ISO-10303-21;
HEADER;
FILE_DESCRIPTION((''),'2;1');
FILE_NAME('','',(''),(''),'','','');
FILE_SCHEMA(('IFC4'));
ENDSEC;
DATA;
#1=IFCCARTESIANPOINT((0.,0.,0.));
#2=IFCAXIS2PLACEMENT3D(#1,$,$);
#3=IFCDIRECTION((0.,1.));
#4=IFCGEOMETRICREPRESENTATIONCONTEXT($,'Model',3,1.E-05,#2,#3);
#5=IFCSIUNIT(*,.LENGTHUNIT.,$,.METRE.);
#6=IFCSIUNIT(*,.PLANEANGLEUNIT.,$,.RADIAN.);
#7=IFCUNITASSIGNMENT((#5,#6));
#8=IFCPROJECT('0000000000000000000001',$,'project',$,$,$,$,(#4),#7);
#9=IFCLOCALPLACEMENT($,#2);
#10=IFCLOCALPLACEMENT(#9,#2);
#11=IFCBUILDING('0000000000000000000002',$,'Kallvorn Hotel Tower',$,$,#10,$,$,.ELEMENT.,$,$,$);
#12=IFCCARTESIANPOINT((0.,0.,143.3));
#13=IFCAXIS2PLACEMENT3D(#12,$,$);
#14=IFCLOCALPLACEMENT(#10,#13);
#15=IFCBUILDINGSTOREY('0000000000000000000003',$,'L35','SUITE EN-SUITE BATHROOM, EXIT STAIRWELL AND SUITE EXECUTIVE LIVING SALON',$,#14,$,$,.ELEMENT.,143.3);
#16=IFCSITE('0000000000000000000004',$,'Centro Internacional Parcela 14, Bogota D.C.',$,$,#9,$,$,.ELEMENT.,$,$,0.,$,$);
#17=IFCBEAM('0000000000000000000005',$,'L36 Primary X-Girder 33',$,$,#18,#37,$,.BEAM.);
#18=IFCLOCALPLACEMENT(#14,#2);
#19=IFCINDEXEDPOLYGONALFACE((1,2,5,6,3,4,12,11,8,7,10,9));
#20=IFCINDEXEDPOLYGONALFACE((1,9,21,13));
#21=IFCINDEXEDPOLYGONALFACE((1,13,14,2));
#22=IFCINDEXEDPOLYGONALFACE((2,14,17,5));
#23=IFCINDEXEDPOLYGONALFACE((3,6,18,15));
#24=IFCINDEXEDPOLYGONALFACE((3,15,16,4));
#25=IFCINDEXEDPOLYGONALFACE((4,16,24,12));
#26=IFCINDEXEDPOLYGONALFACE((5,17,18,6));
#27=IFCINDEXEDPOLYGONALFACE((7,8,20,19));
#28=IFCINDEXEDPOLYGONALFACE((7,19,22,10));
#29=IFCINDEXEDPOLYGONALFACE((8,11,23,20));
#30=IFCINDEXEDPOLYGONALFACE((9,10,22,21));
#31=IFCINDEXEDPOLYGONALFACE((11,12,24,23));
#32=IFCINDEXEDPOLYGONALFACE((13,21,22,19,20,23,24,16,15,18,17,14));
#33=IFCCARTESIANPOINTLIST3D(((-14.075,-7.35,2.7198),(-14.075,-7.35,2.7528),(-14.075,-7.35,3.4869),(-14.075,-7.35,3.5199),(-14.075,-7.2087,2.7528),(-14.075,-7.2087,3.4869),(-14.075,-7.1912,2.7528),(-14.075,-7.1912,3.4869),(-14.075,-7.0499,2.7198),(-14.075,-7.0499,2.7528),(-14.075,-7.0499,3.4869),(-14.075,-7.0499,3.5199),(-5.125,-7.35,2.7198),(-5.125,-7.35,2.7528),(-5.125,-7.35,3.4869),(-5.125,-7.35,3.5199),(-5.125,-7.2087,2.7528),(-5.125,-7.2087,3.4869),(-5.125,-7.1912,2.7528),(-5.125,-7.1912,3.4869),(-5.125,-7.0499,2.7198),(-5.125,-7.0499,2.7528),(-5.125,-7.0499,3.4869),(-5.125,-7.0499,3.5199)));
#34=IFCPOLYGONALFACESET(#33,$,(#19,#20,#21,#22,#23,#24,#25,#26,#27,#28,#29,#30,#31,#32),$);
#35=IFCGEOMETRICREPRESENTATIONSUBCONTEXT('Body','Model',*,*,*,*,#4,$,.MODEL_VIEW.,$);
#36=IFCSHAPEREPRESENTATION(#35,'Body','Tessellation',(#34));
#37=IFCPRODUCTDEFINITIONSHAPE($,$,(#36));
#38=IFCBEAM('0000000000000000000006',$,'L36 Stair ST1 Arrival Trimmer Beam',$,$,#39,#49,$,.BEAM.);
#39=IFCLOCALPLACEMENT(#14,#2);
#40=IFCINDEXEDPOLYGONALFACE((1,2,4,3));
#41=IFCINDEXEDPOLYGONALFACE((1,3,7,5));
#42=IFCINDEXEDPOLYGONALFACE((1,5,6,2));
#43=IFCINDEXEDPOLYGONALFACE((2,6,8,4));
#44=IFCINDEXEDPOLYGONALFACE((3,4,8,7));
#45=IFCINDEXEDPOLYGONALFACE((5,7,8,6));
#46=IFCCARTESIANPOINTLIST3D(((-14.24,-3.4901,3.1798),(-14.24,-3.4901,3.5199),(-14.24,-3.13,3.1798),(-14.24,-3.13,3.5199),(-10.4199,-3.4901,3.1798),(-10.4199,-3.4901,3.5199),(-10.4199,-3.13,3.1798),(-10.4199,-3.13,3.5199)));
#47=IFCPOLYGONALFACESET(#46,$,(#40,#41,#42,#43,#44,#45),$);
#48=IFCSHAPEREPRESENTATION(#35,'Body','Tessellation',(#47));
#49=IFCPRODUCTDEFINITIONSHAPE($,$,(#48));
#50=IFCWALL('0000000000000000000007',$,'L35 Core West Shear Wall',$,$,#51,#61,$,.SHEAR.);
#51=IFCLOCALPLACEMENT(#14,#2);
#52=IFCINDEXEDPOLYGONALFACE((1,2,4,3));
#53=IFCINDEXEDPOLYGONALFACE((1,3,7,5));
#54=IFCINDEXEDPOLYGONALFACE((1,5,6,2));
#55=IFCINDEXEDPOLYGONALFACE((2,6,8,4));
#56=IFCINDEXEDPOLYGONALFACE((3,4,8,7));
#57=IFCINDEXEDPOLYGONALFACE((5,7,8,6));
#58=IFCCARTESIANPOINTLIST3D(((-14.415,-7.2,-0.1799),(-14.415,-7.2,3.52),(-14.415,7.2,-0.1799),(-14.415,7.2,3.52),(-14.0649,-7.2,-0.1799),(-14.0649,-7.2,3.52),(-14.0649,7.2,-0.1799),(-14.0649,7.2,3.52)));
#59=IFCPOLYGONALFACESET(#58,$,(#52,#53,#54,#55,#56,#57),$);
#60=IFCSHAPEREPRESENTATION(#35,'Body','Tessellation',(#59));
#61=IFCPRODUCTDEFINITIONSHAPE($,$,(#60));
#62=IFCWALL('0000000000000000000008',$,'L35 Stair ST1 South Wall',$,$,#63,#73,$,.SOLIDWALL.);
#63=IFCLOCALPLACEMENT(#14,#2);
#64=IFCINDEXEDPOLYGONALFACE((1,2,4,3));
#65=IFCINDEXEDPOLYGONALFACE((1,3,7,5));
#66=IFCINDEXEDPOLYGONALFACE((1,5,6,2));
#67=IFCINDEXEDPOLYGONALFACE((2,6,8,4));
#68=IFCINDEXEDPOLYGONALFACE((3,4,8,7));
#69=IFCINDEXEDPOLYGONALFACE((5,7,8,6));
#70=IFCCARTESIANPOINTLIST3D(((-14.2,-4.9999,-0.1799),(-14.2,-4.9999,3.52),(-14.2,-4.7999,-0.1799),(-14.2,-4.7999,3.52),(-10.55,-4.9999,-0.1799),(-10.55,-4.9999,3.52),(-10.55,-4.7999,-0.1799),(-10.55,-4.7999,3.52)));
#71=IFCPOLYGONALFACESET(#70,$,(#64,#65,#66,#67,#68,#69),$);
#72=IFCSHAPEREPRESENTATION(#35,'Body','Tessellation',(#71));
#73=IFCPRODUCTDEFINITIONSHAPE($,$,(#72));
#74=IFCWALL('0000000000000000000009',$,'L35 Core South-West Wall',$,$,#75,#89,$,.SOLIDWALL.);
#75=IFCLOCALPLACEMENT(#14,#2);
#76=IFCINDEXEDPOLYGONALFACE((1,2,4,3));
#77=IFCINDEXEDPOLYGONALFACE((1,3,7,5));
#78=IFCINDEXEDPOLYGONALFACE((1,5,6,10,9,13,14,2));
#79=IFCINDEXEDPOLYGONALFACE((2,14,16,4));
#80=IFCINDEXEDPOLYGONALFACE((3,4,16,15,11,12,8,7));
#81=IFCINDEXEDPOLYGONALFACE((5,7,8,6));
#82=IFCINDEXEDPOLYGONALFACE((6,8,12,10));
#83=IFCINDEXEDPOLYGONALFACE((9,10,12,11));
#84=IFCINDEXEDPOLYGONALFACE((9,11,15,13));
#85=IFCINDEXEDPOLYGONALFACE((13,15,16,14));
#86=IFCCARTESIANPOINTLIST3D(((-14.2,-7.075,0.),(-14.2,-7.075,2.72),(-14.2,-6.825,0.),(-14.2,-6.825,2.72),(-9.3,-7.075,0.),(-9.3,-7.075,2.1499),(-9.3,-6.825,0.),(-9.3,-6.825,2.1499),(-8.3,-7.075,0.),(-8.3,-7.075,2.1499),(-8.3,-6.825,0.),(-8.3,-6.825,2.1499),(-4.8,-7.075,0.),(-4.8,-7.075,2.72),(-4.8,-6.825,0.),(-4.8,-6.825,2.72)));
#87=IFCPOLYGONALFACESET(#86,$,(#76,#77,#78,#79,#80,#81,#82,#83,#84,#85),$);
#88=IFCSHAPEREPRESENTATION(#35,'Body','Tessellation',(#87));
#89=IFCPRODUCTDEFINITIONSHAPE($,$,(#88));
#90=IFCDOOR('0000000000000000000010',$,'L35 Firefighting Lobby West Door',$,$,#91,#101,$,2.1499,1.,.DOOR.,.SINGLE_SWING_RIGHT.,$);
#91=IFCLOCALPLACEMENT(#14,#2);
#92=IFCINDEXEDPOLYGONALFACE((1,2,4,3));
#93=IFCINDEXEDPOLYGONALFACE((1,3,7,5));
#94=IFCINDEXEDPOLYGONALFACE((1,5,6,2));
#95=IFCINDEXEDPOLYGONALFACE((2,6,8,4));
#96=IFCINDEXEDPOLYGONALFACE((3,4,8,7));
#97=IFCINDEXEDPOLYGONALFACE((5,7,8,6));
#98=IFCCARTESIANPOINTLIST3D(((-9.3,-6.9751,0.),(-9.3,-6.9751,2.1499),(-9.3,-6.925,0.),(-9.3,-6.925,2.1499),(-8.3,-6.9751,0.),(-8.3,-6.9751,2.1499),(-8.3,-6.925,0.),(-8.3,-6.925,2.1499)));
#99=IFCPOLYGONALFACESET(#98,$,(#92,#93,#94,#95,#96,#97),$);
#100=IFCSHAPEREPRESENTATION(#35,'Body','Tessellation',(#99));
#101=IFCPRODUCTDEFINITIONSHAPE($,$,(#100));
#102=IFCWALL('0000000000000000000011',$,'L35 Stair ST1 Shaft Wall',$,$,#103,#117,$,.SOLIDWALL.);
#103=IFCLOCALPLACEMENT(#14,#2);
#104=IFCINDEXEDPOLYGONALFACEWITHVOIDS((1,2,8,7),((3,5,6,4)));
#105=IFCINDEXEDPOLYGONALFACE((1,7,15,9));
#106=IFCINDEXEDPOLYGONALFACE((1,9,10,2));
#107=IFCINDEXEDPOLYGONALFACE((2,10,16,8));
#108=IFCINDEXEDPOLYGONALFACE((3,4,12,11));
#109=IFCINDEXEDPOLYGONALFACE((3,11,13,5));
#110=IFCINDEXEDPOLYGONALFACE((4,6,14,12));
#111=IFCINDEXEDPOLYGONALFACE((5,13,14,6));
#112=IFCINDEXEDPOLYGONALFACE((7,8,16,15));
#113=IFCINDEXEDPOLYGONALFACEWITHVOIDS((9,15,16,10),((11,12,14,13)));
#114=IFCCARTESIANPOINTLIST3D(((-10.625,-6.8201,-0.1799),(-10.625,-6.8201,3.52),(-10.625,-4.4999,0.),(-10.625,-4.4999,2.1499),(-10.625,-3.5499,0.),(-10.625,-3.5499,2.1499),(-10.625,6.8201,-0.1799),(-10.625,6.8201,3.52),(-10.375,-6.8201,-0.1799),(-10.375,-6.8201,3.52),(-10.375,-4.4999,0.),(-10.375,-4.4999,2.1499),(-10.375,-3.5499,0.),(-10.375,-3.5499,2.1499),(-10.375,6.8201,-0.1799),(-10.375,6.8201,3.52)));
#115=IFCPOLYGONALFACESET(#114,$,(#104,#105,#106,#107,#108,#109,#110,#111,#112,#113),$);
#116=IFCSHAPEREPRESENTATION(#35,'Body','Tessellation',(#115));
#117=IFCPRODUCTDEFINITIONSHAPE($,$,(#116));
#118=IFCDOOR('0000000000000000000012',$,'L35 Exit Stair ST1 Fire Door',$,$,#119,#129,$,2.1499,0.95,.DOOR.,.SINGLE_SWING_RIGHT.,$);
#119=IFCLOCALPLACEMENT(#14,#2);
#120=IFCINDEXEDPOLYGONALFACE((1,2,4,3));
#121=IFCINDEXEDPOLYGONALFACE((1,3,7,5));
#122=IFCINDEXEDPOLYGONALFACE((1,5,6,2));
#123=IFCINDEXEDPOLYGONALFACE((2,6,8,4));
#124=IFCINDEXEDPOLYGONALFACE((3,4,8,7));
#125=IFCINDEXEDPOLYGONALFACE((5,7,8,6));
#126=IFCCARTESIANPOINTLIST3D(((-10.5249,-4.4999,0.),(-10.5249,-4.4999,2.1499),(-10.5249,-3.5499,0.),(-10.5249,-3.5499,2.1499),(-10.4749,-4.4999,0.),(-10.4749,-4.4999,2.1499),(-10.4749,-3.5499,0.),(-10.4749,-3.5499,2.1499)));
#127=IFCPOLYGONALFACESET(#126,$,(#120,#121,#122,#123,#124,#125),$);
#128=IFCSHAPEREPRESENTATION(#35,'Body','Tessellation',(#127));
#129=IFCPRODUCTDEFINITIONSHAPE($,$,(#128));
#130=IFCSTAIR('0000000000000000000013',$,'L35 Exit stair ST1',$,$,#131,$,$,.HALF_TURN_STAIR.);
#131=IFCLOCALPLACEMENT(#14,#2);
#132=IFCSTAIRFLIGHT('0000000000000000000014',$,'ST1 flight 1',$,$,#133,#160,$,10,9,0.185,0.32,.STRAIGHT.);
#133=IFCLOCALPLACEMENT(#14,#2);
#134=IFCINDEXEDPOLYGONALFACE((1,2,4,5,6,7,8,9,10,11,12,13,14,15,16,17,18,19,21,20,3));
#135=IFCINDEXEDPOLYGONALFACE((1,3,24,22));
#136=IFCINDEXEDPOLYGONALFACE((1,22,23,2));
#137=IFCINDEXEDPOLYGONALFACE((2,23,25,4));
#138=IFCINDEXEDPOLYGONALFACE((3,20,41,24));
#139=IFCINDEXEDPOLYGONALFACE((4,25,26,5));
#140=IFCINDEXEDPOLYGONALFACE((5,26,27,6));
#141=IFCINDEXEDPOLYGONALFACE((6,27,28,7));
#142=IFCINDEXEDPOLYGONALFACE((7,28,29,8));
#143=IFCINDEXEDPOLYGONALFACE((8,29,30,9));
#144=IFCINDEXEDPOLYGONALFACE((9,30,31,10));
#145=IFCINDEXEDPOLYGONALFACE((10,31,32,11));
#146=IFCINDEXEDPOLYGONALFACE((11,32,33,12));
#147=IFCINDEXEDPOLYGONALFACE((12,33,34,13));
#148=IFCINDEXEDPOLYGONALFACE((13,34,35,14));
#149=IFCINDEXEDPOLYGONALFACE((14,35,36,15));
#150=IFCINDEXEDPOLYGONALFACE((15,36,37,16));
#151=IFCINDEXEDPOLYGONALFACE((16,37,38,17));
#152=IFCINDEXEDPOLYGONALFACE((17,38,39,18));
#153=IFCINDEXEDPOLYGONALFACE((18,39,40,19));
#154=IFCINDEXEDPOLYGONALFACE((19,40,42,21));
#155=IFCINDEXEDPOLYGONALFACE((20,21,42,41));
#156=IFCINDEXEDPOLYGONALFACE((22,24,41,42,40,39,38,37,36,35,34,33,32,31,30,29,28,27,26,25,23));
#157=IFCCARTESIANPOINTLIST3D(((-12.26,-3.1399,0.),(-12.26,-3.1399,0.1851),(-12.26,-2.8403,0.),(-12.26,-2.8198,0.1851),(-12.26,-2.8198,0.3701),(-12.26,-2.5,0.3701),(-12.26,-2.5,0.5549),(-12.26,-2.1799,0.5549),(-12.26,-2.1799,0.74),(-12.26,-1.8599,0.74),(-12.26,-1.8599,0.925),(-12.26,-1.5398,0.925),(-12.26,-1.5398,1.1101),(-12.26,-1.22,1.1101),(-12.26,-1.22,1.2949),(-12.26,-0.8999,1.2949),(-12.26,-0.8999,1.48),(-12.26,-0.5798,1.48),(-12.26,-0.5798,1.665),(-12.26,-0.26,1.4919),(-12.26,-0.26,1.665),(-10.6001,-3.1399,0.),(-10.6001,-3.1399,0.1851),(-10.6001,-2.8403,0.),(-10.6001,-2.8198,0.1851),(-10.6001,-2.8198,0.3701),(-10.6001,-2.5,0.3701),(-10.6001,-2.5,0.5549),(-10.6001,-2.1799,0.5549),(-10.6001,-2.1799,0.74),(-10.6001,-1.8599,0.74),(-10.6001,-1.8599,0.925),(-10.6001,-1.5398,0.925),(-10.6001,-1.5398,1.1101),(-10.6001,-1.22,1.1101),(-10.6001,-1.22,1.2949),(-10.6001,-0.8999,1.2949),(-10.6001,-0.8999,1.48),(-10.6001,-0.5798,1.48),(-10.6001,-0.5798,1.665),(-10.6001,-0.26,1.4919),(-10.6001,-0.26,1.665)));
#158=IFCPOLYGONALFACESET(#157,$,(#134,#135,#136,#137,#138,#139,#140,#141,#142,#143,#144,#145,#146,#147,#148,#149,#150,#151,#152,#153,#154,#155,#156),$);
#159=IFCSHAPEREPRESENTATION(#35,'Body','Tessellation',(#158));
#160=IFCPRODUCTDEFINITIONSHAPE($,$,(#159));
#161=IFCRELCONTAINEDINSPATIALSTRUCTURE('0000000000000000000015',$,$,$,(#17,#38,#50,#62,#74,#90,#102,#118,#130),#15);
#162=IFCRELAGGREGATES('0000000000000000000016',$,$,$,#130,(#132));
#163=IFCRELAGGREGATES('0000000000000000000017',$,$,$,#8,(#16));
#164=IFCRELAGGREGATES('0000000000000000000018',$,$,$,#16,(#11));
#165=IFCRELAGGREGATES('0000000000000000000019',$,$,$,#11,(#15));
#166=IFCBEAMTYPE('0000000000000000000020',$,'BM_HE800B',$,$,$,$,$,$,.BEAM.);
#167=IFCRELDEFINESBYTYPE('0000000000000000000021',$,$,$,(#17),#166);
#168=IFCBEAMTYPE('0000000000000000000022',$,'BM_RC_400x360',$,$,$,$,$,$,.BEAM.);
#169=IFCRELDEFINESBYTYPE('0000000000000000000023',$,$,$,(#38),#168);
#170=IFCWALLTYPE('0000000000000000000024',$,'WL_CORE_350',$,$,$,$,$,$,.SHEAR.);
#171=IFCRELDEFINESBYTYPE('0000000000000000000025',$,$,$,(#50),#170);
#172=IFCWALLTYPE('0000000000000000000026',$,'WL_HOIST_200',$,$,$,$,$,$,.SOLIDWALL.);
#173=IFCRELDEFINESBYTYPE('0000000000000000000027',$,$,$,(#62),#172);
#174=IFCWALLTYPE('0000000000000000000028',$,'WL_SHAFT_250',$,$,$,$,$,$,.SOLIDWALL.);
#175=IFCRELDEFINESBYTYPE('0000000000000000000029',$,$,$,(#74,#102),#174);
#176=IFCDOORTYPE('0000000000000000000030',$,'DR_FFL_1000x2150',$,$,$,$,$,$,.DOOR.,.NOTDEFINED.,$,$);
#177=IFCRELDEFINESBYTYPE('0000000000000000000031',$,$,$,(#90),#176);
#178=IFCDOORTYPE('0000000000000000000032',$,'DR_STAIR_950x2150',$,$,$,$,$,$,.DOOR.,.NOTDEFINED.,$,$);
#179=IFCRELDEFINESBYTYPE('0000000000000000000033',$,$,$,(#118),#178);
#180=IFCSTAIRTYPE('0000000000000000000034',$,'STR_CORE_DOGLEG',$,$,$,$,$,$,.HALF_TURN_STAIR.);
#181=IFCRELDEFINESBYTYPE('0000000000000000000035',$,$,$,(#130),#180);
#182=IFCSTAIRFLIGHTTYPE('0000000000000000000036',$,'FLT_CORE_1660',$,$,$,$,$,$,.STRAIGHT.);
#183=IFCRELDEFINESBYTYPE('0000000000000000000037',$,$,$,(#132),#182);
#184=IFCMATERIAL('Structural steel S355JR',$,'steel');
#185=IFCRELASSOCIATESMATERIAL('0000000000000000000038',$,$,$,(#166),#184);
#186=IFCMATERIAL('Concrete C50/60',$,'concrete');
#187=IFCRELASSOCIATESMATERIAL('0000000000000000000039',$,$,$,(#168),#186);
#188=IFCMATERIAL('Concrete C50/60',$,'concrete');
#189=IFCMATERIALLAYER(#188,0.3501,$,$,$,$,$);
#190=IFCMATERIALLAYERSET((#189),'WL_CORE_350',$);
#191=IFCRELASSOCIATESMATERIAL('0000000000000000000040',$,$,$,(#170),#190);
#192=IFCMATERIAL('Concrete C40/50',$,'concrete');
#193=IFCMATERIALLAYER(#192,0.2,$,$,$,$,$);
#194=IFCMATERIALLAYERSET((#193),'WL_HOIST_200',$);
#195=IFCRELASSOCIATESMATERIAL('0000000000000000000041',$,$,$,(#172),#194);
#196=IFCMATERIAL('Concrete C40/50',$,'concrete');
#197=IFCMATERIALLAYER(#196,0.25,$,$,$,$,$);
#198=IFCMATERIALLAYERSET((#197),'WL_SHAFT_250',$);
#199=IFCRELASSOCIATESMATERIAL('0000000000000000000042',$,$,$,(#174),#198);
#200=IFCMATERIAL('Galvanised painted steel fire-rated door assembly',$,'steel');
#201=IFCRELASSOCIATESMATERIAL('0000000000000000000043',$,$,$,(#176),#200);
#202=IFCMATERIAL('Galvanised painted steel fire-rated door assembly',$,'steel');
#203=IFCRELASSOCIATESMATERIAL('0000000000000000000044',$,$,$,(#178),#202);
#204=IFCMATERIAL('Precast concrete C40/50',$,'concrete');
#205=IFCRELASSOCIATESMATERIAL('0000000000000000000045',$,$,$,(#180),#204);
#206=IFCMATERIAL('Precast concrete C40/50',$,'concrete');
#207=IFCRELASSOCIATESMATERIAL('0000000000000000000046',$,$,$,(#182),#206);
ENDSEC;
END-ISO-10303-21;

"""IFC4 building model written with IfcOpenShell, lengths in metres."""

from ifc_helpers import new_model, si_unit, direction, frame, frame_2d, origin, origin_2d, place, context, subcontext, project, spatial, polyline, rectangle, i_section, outline, extrude, material, layer, layer_set, material_profile, profile_set, type_object, element, fill, aggregate, save


model = new_model("IFC4")

# Units and contexts
model_context = context("Model", 3, precision=1e-05, world=origin(), true_north=direction((0.0, 1.0)))
body_context = subcontext(model_context, "Body", "Model", "MODEL_VIEW")
ifc_project = project(units=[si_unit("LENGTHUNIT", "METRE"), si_unit("PLANEANGLEUNIT", "RADIAN")], contexts=[model_context])

# Site, building, storey
site_placement = place(None, origin())
site = spatial("IfcSite", under=ifc_project, at=site_placement, Name="Centro Internacional Parcela 14, Bogota D.C.", CompositionType="ELEMENT", RefElevation=0.0)
building_placement = place(site_placement, origin())
building = spatial("IfcBuilding", under=site, at=building_placement, Name="Kallvorn Hotel Tower", CompositionType="ELEMENT")
storey_placement = place(building_placement, frame((0.0, 0.0, 143.3)))
storey = spatial("IfcBuildingStorey", under=building, at=storey_placement, Name="L35", Description="SUITE EN-SUITE BATHROOM, EXIT STAIRWELL AND SUITE EXECUTIVE LIVING SALON", CompositionType="ELEMENT", Elevation=143.3)

# Beams
ifc_material_1 = material(Name="Structural steel S355JR", Category="steel")
ifc_material_profile_1 = material_profile(ifc_material_1, i_section(OverallWidth=0.3, OverallDepth=0.8, WebThickness=0.0176, FlangeThickness=0.033, at=origin_2d()), Name="HE 800 B")
ifc_profile_set_1 = profile_set([ifc_material_profile_1], Name="Structural steel S355JR")
beam_type_1 = type_object("IfcBeamType", Name="BM_HE800B", PredefinedType="BEAM", material=ifc_profile_set_1)
beam_1_placement = place(storey_placement, frame((-14.075, -7.2, 3.1199), z_axis=(1.0, 0.0, 0.0), x_axis=(0.0, 1.0, 0.0)))
element("IfcBeam", 1, at=beam_1_placement, inside=storey, type_object=beam_type_1, Name="L36 Primary X-Girder 33", PredefinedType="BEAM", context=body_context, shape_type="SweptSolid", body=[
    extrude(i_section(OverallWidth=0.3, OverallDepth=0.8, WebThickness=0.0176, FlangeThickness=0.033, at=origin_2d()), origin(), (0.0, 0.0, 1.0), 8.95),
])
ifc_material_2 = material(Name="Concrete C50/60", Category="concrete")
ifc_material_profile_2 = material_profile(ifc_material_2, rectangle(XDim=0.3601, YDim=0.3401, at=origin_2d()), Name="RC 360x340")
ifc_profile_set_2 = profile_set([ifc_material_profile_2], Name="Concrete C50/60")
beam_type_2 = type_object("IfcBeamType", Name="BM_RC_400x360", PredefinedType="BEAM", material=ifc_profile_set_2)
beam_2_placement = place(storey_placement, frame((-10.4199, -3.3101, 3.3499), z_axis=(-1.0, 0.0, 0.0), x_axis=(0.0, -1.0, 0.0)))
element("IfcBeam", 2, at=beam_2_placement, inside=storey, type_object=beam_type_2, Name="L36 Stair ST1 Arrival Trimmer Beam", PredefinedType="BEAM", context=body_context, shape_type="SweptSolid", body=[
    extrude(rectangle(XDim=0.3601, YDim=0.3401, at=origin_2d()), origin(), (0.0, 0.0, 1.0), 3.8201),
])

# Walls
ifc_material_3 = material(Name="Concrete C50/60", Category="concrete")
ifc_layer_1 = layer(ifc_material_3, 0.3501)
ifc_layer_set_1 = layer_set([ifc_layer_1], Name="WL_CORE_350")
wall_type_1 = type_object("IfcWallType", Name="WL_CORE_350", PredefinedType="SHEAR", material=ifc_layer_set_1)
wall_1_placement = place(storey_placement, frame((-14.24, -7.2, -0.1799), z_axis=(0.0, 0.0, 1.0), x_axis=(0.0, 1.0, 0.0)))
element("IfcWall", 3, at=wall_1_placement, inside=storey, type_object=wall_type_1, Name="L35 Core West Shear Wall", PredefinedType="SHEAR", context=body_context, shape_type="SweptSolid", body=[
    extrude(rectangle(XDim=14.3999, YDim=0.3501, at=frame_2d((7.2, 0.0))), origin(), (0.0, 0.0, 1.0), 3.7),
])
ifc_material_4 = material(Name="Concrete C40/50", Category="concrete")
ifc_layer_2 = layer(ifc_material_4, 0.2)
ifc_layer_set_2 = layer_set([ifc_layer_2], Name="WL_HOIST_200")
wall_type_2 = type_object("IfcWallType", Name="WL_HOIST_200", PredefinedType="SOLIDWALL", material=ifc_layer_set_2)
wall_2_placement = place(storey_placement, frame((-14.2, -4.8999, -0.1799), z_axis=(0.0, 0.0, 1.0), x_axis=(1.0, 0.0, 0.0)))
element("IfcWall", 4, at=wall_2_placement, inside=storey, type_object=wall_type_2, Name="L35 Stair ST1 South Wall", PredefinedType="SOLIDWALL", context=body_context, shape_type="SweptSolid", body=[
    extrude(rectangle(XDim=3.6499, YDim=0.2, at=frame_2d((1.825, 0.0))), origin(), (0.0, 0.0, 1.0), 3.7),
])

# Walls, openings, doors
ifc_material_5 = material(Name="Concrete C40/50", Category="concrete")
ifc_layer_3 = layer(ifc_material_5, 0.25)
ifc_layer_set_3 = layer_set([ifc_layer_3], Name="WL_SHAFT_250")
wall_type_3 = type_object("IfcWallType", Name="WL_SHAFT_250", PredefinedType="SOLIDWALL", material=ifc_layer_set_3)
wall_3_placement = place(storey_placement, frame((-14.2, -6.95, 0.0), z_axis=(0.0, 0.0, 1.0), x_axis=(1.0, 0.0, 0.0)))
wall_3 = element("IfcWall", 5, at=wall_3_placement, inside=storey, type_object=wall_type_3, Name="L35 Core South-West Wall", PredefinedType="SOLIDWALL", context=body_context, shape_type="SweptSolid", body=[
    extrude(rectangle(XDim=9.3999, YDim=0.25, at=frame_2d((4.7, 0.0))), origin(), (0.0, 0.0, 1.0), 2.72),
])
opening_1_placement = place(wall_3_placement, frame((4.8999, 0.0, 0.0)))
opening_1 = element("IfcOpeningElement", 6, at=opening_1_placement, cuts=wall_3, PredefinedType="OPENING", context=body_context, shape_type="SweptSolid", body=[
    extrude(rectangle(XDim=1.0, YDim=2.1499, at=frame_2d((0.5, 1.075))), frame((0.0, 0.1399, 0.0), z_axis=(0.0, -1.0, 0.0), x_axis=(1.0, 0.0, 0.0)), (0.0, 0.0, 1.0), 0.28),
])
ifc_material_6 = material(Name="Galvanised painted steel fire-rated door assembly", Category="steel")
door_type_1 = type_object("IfcDoorType", Name="DR_FFL_1000x2150", OperationType="NOTDEFINED", PredefinedType="DOOR", material=ifc_material_6)
door_1_placement = place(opening_1_placement, origin())
door_1 = element("IfcDoor", 7, at=door_1_placement, inside=storey, type_object=door_type_1, Name="L35 Firefighting Lobby West Door", OperationType="SINGLE_SWING_RIGHT", OverallHeight=2.1499, OverallWidth=1.0, PredefinedType="DOOR", context=body_context, shape_type="SweptSolid", body=[
    extrude(rectangle(XDim=1.0, YDim=2.1499, at=frame_2d((0.5, 1.075))), frame((0.0, 0.0249, 0.0), z_axis=(0.0, -1.0, 0.0), x_axis=(1.0, 0.0, 0.0)), (0.0, 0.0, 1.0), 0.05),
])
fill(opening_1, door_1)
wall_4_placement = place(storey_placement, frame((-10.5, -6.8201, -0.1799), z_axis=(0.0, 0.0, 1.0), x_axis=(0.0, 1.0, 0.0)))
wall_4 = element("IfcWall", 8, at=wall_4_placement, inside=storey, type_object=wall_type_3, Name="L35 Stair ST1 Shaft Wall", PredefinedType="SOLIDWALL", context=body_context, shape_type="SweptSolid", body=[
    extrude(rectangle(XDim=13.6401, YDim=0.25, at=frame_2d((6.8201, 0.0))), origin(), (0.0, 0.0, 1.0), 3.7),
])
opening_2_placement = place(wall_4_placement, frame((2.3201, 0.0, 0.1799)))
opening_2 = element("IfcOpeningElement", 9, at=opening_2_placement, cuts=wall_4, PredefinedType="OPENING", context=body_context, shape_type="SweptSolid", body=[
    extrude(rectangle(XDim=0.95, YDim=2.1499, at=frame_2d((0.4751, 1.075))), frame((0.0, 0.1399, 0.0), z_axis=(0.0, -1.0, 0.0), x_axis=(1.0, 0.0, 0.0)), (0.0, 0.0, 1.0), 0.28),
])
ifc_material_7 = material(Name="Galvanised painted steel fire-rated door assembly", Category="steel")
door_type_2 = type_object("IfcDoorType", Name="DR_STAIR_950x2150", OperationType="NOTDEFINED", PredefinedType="DOOR", material=ifc_material_7)
door_2_placement = place(opening_2_placement, origin())
door_2 = element("IfcDoor", 10, at=door_2_placement, inside=storey, type_object=door_type_2, Name="L35 Exit Stair ST1 Fire Door", OperationType="SINGLE_SWING_RIGHT", OverallHeight=2.1499, OverallWidth=0.95, PredefinedType="DOOR", context=body_context, shape_type="SweptSolid", body=[
    extrude(rectangle(XDim=0.95, YDim=2.1499, at=frame_2d((0.4751, 1.075))), frame((0.0, 0.0249, 0.0), z_axis=(0.0, -1.0, 0.0), x_axis=(1.0, 0.0, 0.0)), (0.0, 0.0, 1.0), 0.05),
])
fill(opening_2, door_2)

# Stair, stair flight
ifc_material_8 = material(Name="Precast concrete C40/50", Category="concrete")
stair_type = type_object("IfcStairType", Name="STR_CORE_DOGLEG", PredefinedType="HALF_TURN_STAIR", material=ifc_material_8)
stair_placement = place(storey_placement, origin())
stair = element("IfcStair", 11, at=stair_placement, inside=storey, type_object=stair_type, Name="L35 Exit stair ST1", PredefinedType="HALF_TURN_STAIR")
ifc_material_9 = material(Name="Precast concrete C40/50", Category="concrete")
stair_flight_type = type_object("IfcStairFlightType", Name="FLT_CORE_1660", PredefinedType="STRAIGHT", material=ifc_material_9)
stair_flight_1_placement = place(storey_placement, frame((-11.4299, -3.1399, 0.0), z_axis=(0.0, 0.0, 1.0), x_axis=(0.0, 1.0, 0.0)))
stair_flight_1 = element("IfcStairFlight", 12, at=stair_flight_1_placement, type_object=stair_flight_type, Name="ST1 flight 1", NumberOfRisers=10, NumberOfTreads=9, PredefinedType="STRAIGHT", RiserHeight=0.185, TreadLength=0.32, context=body_context, shape_type="SweptSolid", body=[
    extrude(outline(polyline([(0.0, 0.0), (0.0, 0.1851), (0.3201, 0.1851), (0.3201, 0.3701), (0.6399, 0.3701), (0.6399, 0.5549), (0.96, 0.5549), (0.96, 0.74), (1.28, 0.74), (1.28, 0.925), (1.6001, 0.925), (1.6001, 1.1101), (1.9199, 1.1101), (1.9199, 1.2949), (2.24, 1.2949), (2.24, 1.48), (2.5601, 1.48), (2.5601, 1.665), (2.8799, 1.665), (2.8799, 1.8501), (2.8799, 1.4919), (0.2996, 0.0), (0.0, 0.0)])), frame((0.0, 0.8301, 0.0), z_axis=(0.0, -1.0, 0.0), x_axis=(1.0, 0.0, 0.0)), (0.0, 0.0, 1.0), 1.6599),
])
aggregate(stair, [stair_flight_1])

save(model, "model.ifc")
